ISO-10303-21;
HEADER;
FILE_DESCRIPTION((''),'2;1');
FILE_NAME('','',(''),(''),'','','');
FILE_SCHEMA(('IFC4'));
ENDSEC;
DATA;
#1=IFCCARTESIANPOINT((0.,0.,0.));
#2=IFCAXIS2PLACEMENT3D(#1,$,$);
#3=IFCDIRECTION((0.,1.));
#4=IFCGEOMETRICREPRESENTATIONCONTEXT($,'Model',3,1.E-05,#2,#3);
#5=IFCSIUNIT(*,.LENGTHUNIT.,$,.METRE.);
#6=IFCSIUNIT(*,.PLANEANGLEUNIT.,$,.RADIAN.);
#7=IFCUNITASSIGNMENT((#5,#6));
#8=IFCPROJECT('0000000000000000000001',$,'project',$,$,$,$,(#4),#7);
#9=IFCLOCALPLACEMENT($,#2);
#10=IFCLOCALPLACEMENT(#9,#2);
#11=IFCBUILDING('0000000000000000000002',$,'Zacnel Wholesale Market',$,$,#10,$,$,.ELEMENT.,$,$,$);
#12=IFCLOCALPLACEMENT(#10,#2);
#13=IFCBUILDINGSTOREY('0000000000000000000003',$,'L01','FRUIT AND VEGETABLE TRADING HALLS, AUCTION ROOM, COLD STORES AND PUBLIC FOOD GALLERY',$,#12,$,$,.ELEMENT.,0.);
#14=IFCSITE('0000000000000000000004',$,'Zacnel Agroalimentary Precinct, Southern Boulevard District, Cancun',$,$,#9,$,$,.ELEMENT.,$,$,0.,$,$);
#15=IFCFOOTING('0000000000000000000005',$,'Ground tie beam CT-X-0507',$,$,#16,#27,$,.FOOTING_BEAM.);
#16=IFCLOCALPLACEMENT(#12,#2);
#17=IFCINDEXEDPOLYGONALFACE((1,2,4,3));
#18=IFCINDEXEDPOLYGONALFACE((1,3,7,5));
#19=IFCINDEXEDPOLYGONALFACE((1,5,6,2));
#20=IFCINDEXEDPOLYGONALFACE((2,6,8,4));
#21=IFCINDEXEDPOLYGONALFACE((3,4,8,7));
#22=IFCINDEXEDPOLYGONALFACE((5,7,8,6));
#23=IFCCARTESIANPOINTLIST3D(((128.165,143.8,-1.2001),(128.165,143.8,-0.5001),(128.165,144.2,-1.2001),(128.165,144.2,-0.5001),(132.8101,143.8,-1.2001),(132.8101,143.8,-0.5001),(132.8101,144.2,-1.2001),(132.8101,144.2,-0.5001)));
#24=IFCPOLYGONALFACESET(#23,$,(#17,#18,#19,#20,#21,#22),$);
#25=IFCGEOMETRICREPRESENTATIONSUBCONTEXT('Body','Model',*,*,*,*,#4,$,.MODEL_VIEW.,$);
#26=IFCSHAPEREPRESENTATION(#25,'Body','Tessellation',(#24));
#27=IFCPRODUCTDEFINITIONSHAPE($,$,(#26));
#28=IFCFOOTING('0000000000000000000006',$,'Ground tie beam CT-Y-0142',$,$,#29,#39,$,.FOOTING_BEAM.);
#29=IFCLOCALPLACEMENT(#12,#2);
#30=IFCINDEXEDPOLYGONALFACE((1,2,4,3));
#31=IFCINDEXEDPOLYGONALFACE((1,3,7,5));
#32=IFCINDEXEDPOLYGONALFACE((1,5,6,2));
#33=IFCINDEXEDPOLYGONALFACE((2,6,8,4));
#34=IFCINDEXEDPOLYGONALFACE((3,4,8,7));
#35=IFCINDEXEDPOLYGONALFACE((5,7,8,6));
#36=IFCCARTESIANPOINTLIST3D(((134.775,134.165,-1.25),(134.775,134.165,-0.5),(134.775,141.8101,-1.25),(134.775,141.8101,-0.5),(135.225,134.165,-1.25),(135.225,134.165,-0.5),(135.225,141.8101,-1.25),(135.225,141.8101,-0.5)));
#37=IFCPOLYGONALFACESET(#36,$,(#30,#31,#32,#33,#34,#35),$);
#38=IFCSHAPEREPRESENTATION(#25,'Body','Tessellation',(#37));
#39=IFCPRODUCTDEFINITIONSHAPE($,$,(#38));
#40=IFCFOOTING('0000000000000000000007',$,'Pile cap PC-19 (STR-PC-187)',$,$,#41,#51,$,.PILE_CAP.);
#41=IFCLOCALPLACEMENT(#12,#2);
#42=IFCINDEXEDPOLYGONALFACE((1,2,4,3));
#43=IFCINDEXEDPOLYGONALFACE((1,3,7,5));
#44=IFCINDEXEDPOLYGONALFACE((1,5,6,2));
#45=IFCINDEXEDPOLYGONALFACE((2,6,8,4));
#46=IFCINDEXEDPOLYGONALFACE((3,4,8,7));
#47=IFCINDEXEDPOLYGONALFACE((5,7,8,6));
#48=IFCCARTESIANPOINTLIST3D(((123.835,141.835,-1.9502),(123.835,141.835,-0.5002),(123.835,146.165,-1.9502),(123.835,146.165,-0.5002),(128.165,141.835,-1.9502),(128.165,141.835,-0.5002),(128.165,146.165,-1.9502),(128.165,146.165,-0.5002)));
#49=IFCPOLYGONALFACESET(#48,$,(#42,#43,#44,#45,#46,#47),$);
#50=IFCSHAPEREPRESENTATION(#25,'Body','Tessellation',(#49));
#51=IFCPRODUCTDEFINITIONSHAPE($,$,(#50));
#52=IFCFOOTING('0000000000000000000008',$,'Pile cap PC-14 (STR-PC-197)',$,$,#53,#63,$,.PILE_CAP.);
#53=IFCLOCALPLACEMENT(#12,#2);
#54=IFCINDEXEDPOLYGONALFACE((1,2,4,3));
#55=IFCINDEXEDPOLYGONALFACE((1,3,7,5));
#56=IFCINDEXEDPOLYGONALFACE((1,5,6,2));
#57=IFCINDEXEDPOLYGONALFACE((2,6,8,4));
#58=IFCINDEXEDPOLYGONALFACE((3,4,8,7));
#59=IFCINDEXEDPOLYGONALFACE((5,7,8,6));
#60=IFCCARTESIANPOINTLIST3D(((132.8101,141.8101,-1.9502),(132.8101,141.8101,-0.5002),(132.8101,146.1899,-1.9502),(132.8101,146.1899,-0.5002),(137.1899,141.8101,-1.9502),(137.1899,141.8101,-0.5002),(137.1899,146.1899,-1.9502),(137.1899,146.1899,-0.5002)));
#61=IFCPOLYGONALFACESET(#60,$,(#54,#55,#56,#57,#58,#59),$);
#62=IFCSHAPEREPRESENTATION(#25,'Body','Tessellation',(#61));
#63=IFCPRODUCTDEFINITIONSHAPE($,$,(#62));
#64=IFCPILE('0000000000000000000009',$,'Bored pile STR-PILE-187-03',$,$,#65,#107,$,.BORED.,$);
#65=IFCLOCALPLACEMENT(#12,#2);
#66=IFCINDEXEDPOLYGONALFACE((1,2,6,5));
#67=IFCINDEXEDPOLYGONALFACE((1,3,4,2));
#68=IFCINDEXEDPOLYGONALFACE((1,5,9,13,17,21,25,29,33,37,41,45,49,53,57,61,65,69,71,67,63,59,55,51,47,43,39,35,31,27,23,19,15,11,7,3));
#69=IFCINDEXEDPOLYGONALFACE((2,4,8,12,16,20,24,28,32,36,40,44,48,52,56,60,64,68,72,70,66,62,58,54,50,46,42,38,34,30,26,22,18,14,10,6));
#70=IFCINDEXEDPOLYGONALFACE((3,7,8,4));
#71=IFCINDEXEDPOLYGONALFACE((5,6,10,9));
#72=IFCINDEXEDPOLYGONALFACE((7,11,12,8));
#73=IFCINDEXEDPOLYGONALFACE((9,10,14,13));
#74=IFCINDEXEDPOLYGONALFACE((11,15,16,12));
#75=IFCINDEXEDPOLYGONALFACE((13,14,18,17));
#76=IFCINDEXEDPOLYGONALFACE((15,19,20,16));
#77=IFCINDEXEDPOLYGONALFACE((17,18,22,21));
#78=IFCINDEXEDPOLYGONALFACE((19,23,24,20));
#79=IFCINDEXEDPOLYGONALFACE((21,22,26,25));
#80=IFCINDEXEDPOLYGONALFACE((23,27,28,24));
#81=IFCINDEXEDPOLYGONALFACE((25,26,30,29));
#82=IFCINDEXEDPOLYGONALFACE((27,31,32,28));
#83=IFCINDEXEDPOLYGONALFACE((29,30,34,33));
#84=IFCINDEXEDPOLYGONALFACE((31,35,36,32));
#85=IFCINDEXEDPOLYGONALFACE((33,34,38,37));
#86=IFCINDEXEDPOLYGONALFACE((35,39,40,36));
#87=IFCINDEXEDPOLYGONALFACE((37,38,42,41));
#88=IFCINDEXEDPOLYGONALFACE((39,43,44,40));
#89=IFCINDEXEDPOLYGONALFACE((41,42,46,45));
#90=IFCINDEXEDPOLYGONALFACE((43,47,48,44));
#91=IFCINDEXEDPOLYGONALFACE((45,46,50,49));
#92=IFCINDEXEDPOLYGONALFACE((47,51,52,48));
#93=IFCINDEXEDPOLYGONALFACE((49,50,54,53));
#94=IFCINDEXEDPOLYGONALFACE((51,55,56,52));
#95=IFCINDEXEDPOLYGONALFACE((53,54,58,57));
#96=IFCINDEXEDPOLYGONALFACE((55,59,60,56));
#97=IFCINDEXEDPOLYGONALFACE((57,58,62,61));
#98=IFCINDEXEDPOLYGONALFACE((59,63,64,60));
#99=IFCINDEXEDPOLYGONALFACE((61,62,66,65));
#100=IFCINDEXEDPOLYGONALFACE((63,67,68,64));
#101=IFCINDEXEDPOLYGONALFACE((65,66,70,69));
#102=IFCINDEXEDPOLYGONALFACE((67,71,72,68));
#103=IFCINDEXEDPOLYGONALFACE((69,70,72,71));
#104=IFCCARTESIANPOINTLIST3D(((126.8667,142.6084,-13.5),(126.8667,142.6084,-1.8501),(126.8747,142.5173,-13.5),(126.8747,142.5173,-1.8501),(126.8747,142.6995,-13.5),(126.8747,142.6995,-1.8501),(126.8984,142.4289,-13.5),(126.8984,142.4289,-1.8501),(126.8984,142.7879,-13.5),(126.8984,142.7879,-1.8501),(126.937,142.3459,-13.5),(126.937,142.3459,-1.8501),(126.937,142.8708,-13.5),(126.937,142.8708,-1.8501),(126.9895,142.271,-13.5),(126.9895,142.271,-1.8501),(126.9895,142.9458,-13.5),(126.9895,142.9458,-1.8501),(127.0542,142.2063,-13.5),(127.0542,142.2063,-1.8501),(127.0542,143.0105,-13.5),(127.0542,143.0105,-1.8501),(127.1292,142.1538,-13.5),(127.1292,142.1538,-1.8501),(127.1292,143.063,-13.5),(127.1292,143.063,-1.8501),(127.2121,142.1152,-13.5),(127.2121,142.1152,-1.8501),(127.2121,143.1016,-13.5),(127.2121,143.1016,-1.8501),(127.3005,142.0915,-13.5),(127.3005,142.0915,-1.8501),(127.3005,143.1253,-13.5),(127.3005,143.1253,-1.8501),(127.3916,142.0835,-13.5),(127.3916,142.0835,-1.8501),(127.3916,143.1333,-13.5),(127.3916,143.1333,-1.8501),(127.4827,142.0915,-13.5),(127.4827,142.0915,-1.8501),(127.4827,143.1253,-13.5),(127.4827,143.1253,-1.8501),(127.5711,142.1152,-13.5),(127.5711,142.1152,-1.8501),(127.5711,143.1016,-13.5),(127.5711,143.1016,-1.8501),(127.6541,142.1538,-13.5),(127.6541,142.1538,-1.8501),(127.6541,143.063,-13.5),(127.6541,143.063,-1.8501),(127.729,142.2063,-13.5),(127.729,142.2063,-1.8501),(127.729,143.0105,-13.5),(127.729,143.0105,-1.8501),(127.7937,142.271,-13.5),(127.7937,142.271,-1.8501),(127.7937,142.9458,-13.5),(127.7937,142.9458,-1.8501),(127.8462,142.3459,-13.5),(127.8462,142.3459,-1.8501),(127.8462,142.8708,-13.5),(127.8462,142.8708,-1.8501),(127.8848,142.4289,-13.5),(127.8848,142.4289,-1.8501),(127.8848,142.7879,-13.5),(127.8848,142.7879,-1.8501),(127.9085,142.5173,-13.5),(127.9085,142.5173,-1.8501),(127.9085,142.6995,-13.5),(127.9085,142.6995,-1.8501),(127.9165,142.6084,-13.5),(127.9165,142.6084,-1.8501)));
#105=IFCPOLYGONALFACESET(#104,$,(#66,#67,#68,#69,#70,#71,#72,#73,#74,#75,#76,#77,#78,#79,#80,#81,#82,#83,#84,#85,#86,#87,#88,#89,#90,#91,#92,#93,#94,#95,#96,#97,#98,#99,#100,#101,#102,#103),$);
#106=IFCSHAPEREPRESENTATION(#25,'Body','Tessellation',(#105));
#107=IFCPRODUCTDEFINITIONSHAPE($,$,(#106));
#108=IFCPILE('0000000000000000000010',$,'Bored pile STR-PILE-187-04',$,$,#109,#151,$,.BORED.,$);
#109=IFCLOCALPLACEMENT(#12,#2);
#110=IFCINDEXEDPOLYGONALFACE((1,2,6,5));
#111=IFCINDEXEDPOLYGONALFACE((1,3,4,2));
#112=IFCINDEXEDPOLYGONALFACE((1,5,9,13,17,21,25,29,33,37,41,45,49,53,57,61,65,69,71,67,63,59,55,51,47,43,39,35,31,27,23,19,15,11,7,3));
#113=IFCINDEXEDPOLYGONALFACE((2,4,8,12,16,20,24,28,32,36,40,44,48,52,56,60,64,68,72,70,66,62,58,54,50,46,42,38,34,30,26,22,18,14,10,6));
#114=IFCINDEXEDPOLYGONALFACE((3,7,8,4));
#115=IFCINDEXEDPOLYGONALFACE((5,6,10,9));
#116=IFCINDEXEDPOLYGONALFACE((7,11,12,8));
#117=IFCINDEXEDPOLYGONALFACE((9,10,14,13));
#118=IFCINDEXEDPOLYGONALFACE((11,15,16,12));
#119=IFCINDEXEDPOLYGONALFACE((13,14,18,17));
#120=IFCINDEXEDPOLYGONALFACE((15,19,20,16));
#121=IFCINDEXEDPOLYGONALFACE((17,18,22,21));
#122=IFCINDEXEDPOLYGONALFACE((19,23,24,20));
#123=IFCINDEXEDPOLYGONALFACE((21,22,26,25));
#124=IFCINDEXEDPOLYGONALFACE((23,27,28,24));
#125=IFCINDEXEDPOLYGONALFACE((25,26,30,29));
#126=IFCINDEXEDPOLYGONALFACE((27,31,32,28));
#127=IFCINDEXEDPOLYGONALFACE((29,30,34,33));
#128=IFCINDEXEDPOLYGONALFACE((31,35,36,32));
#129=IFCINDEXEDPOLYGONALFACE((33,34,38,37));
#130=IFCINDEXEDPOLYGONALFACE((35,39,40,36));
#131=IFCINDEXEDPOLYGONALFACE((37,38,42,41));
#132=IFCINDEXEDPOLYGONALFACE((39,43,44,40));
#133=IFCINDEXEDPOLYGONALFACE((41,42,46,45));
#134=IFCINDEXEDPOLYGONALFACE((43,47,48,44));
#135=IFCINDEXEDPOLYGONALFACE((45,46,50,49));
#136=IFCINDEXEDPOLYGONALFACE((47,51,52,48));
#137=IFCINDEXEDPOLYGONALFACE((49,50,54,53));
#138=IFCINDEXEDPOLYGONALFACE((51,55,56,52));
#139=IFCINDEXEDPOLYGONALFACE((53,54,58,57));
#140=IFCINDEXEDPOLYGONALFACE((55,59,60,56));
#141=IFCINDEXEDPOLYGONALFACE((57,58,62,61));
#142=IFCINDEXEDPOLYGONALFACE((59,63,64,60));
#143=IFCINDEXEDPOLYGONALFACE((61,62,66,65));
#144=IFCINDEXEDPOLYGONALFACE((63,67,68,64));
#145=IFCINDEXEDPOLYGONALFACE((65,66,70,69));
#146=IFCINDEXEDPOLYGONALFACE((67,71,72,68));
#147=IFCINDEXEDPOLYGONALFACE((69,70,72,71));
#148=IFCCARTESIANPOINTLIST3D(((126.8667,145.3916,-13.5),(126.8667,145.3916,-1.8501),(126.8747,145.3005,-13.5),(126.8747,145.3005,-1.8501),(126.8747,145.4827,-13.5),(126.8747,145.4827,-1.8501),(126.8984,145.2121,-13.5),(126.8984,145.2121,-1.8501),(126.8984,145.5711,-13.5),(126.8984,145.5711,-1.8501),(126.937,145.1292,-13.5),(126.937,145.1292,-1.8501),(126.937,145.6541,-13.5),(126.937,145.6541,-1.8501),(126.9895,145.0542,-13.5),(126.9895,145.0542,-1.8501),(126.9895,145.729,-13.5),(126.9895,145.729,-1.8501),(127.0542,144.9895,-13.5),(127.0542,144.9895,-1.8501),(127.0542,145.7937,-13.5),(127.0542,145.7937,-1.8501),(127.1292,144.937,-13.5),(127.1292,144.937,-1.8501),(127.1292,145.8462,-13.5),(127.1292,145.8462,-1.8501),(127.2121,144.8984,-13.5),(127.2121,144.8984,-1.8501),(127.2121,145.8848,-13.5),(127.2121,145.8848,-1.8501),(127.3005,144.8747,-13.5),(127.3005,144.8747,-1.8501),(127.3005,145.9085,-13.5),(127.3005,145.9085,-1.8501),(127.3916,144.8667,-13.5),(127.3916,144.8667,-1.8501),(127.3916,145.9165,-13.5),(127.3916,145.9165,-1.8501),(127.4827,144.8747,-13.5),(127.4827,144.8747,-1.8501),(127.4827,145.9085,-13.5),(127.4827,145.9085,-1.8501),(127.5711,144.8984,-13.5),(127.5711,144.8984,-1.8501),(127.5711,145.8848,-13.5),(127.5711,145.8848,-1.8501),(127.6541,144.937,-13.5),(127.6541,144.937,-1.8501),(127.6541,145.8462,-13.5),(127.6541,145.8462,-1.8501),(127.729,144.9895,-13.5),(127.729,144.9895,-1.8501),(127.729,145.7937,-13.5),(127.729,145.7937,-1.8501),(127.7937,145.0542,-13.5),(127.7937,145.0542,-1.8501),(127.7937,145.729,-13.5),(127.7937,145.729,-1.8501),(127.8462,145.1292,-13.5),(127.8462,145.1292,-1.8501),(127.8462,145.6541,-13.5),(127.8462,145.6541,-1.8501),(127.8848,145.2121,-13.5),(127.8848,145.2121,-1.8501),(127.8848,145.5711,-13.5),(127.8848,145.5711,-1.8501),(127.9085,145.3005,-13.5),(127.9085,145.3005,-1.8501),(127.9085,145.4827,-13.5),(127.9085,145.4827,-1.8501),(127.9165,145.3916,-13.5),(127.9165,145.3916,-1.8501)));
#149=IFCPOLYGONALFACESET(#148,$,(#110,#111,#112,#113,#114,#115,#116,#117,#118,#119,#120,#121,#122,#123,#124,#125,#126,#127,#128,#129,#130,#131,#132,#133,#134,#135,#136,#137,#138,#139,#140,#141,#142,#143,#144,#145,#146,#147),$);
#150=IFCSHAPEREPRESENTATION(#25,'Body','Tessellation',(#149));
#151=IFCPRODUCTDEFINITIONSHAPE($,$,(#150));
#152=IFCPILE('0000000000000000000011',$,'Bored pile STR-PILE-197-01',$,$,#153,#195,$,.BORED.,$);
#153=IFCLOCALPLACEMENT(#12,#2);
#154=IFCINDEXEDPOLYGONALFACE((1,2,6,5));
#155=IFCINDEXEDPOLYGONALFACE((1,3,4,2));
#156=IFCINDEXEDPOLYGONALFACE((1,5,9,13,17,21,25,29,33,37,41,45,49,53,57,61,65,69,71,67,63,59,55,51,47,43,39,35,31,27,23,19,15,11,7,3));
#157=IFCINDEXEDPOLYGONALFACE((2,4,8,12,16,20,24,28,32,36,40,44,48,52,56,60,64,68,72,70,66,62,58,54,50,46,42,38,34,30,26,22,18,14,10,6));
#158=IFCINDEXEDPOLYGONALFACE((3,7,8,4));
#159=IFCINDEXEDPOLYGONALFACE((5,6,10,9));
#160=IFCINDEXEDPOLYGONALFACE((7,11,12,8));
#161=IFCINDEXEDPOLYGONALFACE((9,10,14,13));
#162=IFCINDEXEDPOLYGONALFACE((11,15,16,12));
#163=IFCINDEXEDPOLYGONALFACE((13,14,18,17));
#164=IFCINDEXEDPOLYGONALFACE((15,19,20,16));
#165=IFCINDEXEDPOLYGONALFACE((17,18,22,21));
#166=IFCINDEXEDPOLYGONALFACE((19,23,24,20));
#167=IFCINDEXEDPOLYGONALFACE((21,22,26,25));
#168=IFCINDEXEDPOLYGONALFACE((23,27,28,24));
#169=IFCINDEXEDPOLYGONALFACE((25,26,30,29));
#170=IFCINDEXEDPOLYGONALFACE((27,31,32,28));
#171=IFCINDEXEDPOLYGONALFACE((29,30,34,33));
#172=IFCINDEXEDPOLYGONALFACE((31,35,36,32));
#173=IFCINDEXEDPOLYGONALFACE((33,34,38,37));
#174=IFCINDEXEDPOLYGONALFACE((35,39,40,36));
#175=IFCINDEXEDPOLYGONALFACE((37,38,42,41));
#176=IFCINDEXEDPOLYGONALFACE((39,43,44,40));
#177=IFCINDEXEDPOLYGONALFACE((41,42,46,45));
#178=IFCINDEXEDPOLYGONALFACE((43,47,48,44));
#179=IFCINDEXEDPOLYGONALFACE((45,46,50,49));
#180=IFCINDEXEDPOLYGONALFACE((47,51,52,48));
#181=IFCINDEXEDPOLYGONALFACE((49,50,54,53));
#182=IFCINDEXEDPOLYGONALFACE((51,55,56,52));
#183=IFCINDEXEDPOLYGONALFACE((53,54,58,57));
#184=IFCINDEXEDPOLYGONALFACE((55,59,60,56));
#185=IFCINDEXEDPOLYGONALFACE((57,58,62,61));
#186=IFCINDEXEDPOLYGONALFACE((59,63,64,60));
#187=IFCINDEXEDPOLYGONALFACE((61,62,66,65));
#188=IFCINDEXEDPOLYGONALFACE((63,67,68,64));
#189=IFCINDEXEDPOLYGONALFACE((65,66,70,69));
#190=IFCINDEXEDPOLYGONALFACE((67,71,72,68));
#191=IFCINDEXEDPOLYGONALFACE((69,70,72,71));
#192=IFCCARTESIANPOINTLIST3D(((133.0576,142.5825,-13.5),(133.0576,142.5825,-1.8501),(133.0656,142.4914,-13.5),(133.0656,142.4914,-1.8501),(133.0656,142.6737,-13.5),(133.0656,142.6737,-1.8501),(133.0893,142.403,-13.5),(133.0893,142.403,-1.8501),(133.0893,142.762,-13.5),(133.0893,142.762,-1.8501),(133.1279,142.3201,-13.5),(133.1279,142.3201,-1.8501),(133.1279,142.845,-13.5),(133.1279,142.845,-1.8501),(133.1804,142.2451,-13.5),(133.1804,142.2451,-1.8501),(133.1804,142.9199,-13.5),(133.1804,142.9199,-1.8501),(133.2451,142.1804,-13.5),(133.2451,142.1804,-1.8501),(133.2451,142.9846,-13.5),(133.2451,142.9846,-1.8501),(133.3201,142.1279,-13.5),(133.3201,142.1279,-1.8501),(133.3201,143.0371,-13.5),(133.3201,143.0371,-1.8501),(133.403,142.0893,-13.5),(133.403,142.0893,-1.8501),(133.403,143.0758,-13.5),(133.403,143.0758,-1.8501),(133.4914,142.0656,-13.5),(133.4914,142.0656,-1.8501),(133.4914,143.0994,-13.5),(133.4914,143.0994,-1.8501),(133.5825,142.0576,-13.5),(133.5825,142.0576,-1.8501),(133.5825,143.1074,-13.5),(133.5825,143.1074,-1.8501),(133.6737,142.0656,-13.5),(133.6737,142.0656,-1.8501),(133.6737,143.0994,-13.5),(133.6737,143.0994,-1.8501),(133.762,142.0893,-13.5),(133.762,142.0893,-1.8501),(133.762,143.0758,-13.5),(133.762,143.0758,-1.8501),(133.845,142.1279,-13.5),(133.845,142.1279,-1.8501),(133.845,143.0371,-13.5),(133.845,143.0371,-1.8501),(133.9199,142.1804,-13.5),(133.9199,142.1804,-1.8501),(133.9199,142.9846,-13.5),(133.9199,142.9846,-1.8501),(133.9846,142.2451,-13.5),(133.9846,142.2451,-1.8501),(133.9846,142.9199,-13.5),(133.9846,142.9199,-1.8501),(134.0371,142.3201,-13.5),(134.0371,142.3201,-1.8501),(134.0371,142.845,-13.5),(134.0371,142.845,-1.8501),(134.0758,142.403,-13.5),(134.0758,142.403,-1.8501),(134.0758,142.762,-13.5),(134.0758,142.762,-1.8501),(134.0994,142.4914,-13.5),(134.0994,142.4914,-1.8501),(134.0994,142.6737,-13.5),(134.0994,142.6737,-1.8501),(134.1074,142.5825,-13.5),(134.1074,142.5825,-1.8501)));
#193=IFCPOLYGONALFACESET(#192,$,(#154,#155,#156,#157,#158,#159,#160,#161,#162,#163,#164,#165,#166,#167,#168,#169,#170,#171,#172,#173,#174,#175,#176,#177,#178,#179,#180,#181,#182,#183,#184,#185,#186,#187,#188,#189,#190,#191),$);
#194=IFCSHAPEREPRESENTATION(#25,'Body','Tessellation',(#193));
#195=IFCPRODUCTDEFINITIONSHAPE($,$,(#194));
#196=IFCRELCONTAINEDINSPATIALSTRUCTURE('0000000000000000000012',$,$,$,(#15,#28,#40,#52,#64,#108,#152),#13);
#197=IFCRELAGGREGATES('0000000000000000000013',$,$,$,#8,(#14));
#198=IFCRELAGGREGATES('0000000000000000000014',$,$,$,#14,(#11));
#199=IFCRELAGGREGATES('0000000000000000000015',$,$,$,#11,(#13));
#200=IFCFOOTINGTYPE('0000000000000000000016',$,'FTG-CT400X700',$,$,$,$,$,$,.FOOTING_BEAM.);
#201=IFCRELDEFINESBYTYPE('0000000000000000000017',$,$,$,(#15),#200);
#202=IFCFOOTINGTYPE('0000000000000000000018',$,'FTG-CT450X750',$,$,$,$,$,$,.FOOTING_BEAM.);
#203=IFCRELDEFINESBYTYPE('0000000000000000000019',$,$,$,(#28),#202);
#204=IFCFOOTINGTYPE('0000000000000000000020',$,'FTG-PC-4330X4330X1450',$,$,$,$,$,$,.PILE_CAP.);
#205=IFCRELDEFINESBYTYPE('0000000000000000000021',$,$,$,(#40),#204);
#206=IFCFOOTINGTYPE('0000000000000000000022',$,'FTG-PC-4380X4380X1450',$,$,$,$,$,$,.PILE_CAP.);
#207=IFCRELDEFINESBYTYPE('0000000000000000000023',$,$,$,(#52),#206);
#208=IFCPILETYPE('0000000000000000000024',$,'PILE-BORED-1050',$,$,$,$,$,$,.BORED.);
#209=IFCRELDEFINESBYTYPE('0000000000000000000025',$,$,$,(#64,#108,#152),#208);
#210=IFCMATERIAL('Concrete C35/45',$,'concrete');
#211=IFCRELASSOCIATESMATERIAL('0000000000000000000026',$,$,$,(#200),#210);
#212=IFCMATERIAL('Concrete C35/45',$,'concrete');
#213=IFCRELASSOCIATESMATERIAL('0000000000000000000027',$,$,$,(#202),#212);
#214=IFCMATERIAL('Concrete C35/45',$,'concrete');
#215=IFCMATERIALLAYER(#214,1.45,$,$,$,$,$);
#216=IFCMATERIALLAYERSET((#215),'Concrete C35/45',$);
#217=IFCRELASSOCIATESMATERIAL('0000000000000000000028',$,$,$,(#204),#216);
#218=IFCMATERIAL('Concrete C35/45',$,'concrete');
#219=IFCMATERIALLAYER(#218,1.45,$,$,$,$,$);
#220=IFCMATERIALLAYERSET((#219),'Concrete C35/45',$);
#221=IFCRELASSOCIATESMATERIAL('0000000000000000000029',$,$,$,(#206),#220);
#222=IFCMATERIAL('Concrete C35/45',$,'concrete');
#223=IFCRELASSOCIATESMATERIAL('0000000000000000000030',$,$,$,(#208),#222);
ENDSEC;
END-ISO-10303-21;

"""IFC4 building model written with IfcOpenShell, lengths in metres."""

from ifc_helpers import new_model, si_unit, direction, frame, origin, origin_2d, place, context, subcontext, project, spatial, rectangle, circle, extrude, material, layer, layer_set, material_profile, profile_set, type_object, element, save


model = new_model("IFC4")

# Units and contexts
model_context = context("Model", 3, precision=1e-05, world=origin(), true_north=direction((0.0, 1.0)))
body_context = subcontext(model_context, "Body", "Model", "MODEL_VIEW")
ifc_project = project(units=[si_unit("LENGTHUNIT", "METRE"), si_unit("PLANEANGLEUNIT", "RADIAN")], contexts=[model_context])

# Site, building, storey
site_placement = place(None, origin())
site = spatial("IfcSite", under=ifc_project, at=site_placement, Name="Zacnel Agroalimentary Precinct, Southern Boulevard District, Cancun", CompositionType="ELEMENT", RefElevation=0.0)
building_placement = place(site_placement, origin())
building = spatial("IfcBuilding", under=site, at=building_placement, Name="Zacnel Wholesale Market", CompositionType="ELEMENT")
storey_placement = place(building_placement, origin())
storey = spatial("IfcBuildingStorey", under=building, at=storey_placement, Name="L01", Description="FRUIT AND VEGETABLE TRADING HALLS, AUCTION ROOM, COLD STORES AND PUBLIC FOOD GALLERY", CompositionType="ELEMENT", Elevation=0.0)

# Footings
ifc_material_1 = material(Name="Concrete C35/45", Category="concrete")
ifc_material_profile_1 = material_profile(ifc_material_1, rectangle(XDim=0.3999, YDim=0.7, at=origin_2d()), Name="CT 400x700")
ifc_profile_set_1 = profile_set([ifc_material_profile_1], Name="Concrete C35/45")
footing_type_1 = type_object("IfcFootingType", Name="FTG-CT400X700", PredefinedType="FOOTING_BEAM", material=ifc_profile_set_1)
footing_1_placement = place(storey_placement, frame((128.165, 144.0, -0.8501), z_axis=(1.0, 0.0, 0.0), x_axis=(0.0, 1.0, 0.0)))
element("IfcFooting", 1, at=footing_1_placement, inside=storey, type_object=footing_type_1, Name="Ground tie beam CT-X-0507", PredefinedType="FOOTING_BEAM", context=body_context, shape_type="SweptSolid", body=[
    extrude(rectangle(XDim=0.3999, YDim=0.7, at=origin_2d()), origin(), (0.0, 0.0, 1.0), 4.645),
])
ifc_material_2 = material(Name="Concrete C35/45", Category="concrete")
ifc_material_profile_2 = material_profile(ifc_material_2, rectangle(XDim=0.45, YDim=0.75, at=origin_2d()), Name="CT 450x750")
ifc_profile_set_2 = profile_set([ifc_material_profile_2], Name="Concrete C35/45")
footing_type_2 = type_object("IfcFootingType", Name="FTG-CT450X750", PredefinedType="FOOTING_BEAM", material=ifc_profile_set_2)
footing_2_placement = place(storey_placement, frame((135.0, 134.165, -0.875), z_axis=(0.0, 1.0, 0.0), x_axis=(-1.0, 0.0, 0.0)))
element("IfcFooting", 2, at=footing_2_placement, inside=storey, type_object=footing_type_2, Name="Ground tie beam CT-Y-0142", PredefinedType="FOOTING_BEAM", context=body_context, shape_type="SweptSolid", body=[
    extrude(rectangle(XDim=0.45, YDim=0.75, at=origin_2d()), origin(), (0.0, 0.0, 1.0), 7.645),
])
ifc_material_3 = material(Name="Concrete C35/45", Category="concrete")
ifc_layer_1 = layer(ifc_material_3, 1.45)
ifc_layer_set_1 = layer_set([ifc_layer_1], Name="Concrete C35/45")
footing_type_3 = type_object("IfcFootingType", Name="FTG-PC-4330X4330X1450", PredefinedType="PILE_CAP", material=ifc_layer_set_1)
footing_3_placement = place(storey_placement, frame((126.0, 144.0, -1.9502), z_axis=(0.0, 0.0, 1.0), x_axis=(1.0, 0.0, 0.0)))
element("IfcFooting", 3, at=footing_3_placement, inside=storey, type_object=footing_type_3, Name="Pile cap PC-19 (STR-PC-187)", PredefinedType="PILE_CAP", context=body_context, shape_type="SweptSolid", body=[
    extrude(rectangle(XDim=4.3301, YDim=4.3301, at=origin_2d()), origin(), (0.0, 0.0, 1.0), 1.45),
])
ifc_material_4 = material(Name="Concrete C35/45", Category="concrete")
ifc_layer_2 = layer(ifc_material_4, 1.45)
ifc_layer_set_2 = layer_set([ifc_layer_2], Name="Concrete C35/45")
footing_type_4 = type_object("IfcFootingType", Name="FTG-PC-4380X4380X1450", PredefinedType="PILE_CAP", material=ifc_layer_set_2)
footing_4_placement = place(storey_placement, frame((135.0, 144.0, -1.9502), z_axis=(0.0, 0.0, 1.0), x_axis=(1.0, 0.0, 0.0)))
element("IfcFooting", 4, at=footing_4_placement, inside=storey, type_object=footing_type_4, Name="Pile cap PC-14 (STR-PC-197)", PredefinedType="PILE_CAP", context=body_context, shape_type="SweptSolid", body=[
    extrude(rectangle(XDim=4.3799, YDim=4.3799, at=origin_2d()), origin(), (0.0, 0.0, 1.0), 1.45),
])

# Piles
ifc_material_5 = material(Name="Concrete C35/45", Category="concrete")
ifc_material_profile_3 = material_profile(ifc_material_5, circle(Radius=0.5249, at=origin_2d()), Name="BORED PILE D1050")
ifc_profile_set_3 = profile_set([ifc_material_profile_3], Name="Concrete C35/45")
pile_type = type_object("IfcPileType", Name="PILE-BORED-1050", PredefinedType="BORED", material=ifc_profile_set_3)
for number, where, z_axis, x_axis, name in (
    (5, (127.3916, 142.6084, -1.8501), (0.0, 0.0, -1.0), (1.0, 0.0, 0.0), "Bored pile STR-PILE-187-03"),
    (6, (127.3916, 145.3916, -1.8501), (0.0, 0.0, -1.0), (1.0, 0.0, 0.0), "Bored pile STR-PILE-187-04"),
    (7, (133.5825, 142.5825, -1.8501), (0.0, 0.0, -1.0), (1.0, 0.0, 0.0), "Bored pile STR-PILE-197-01"),
):
    element("IfcPile", number, at=place(storey_placement, frame(where, z_axis=z_axis, x_axis=x_axis)), inside=storey, type_object=pile_type, Name=name, PredefinedType="BORED", context=body_context, shape_type="SweptSolid", body=[
        extrude(circle(Radius=0.5249, at=origin_2d()), origin(), (0.0, 0.0, 1.0), 11.6499),
    ])

save(model, "model.ifc")
